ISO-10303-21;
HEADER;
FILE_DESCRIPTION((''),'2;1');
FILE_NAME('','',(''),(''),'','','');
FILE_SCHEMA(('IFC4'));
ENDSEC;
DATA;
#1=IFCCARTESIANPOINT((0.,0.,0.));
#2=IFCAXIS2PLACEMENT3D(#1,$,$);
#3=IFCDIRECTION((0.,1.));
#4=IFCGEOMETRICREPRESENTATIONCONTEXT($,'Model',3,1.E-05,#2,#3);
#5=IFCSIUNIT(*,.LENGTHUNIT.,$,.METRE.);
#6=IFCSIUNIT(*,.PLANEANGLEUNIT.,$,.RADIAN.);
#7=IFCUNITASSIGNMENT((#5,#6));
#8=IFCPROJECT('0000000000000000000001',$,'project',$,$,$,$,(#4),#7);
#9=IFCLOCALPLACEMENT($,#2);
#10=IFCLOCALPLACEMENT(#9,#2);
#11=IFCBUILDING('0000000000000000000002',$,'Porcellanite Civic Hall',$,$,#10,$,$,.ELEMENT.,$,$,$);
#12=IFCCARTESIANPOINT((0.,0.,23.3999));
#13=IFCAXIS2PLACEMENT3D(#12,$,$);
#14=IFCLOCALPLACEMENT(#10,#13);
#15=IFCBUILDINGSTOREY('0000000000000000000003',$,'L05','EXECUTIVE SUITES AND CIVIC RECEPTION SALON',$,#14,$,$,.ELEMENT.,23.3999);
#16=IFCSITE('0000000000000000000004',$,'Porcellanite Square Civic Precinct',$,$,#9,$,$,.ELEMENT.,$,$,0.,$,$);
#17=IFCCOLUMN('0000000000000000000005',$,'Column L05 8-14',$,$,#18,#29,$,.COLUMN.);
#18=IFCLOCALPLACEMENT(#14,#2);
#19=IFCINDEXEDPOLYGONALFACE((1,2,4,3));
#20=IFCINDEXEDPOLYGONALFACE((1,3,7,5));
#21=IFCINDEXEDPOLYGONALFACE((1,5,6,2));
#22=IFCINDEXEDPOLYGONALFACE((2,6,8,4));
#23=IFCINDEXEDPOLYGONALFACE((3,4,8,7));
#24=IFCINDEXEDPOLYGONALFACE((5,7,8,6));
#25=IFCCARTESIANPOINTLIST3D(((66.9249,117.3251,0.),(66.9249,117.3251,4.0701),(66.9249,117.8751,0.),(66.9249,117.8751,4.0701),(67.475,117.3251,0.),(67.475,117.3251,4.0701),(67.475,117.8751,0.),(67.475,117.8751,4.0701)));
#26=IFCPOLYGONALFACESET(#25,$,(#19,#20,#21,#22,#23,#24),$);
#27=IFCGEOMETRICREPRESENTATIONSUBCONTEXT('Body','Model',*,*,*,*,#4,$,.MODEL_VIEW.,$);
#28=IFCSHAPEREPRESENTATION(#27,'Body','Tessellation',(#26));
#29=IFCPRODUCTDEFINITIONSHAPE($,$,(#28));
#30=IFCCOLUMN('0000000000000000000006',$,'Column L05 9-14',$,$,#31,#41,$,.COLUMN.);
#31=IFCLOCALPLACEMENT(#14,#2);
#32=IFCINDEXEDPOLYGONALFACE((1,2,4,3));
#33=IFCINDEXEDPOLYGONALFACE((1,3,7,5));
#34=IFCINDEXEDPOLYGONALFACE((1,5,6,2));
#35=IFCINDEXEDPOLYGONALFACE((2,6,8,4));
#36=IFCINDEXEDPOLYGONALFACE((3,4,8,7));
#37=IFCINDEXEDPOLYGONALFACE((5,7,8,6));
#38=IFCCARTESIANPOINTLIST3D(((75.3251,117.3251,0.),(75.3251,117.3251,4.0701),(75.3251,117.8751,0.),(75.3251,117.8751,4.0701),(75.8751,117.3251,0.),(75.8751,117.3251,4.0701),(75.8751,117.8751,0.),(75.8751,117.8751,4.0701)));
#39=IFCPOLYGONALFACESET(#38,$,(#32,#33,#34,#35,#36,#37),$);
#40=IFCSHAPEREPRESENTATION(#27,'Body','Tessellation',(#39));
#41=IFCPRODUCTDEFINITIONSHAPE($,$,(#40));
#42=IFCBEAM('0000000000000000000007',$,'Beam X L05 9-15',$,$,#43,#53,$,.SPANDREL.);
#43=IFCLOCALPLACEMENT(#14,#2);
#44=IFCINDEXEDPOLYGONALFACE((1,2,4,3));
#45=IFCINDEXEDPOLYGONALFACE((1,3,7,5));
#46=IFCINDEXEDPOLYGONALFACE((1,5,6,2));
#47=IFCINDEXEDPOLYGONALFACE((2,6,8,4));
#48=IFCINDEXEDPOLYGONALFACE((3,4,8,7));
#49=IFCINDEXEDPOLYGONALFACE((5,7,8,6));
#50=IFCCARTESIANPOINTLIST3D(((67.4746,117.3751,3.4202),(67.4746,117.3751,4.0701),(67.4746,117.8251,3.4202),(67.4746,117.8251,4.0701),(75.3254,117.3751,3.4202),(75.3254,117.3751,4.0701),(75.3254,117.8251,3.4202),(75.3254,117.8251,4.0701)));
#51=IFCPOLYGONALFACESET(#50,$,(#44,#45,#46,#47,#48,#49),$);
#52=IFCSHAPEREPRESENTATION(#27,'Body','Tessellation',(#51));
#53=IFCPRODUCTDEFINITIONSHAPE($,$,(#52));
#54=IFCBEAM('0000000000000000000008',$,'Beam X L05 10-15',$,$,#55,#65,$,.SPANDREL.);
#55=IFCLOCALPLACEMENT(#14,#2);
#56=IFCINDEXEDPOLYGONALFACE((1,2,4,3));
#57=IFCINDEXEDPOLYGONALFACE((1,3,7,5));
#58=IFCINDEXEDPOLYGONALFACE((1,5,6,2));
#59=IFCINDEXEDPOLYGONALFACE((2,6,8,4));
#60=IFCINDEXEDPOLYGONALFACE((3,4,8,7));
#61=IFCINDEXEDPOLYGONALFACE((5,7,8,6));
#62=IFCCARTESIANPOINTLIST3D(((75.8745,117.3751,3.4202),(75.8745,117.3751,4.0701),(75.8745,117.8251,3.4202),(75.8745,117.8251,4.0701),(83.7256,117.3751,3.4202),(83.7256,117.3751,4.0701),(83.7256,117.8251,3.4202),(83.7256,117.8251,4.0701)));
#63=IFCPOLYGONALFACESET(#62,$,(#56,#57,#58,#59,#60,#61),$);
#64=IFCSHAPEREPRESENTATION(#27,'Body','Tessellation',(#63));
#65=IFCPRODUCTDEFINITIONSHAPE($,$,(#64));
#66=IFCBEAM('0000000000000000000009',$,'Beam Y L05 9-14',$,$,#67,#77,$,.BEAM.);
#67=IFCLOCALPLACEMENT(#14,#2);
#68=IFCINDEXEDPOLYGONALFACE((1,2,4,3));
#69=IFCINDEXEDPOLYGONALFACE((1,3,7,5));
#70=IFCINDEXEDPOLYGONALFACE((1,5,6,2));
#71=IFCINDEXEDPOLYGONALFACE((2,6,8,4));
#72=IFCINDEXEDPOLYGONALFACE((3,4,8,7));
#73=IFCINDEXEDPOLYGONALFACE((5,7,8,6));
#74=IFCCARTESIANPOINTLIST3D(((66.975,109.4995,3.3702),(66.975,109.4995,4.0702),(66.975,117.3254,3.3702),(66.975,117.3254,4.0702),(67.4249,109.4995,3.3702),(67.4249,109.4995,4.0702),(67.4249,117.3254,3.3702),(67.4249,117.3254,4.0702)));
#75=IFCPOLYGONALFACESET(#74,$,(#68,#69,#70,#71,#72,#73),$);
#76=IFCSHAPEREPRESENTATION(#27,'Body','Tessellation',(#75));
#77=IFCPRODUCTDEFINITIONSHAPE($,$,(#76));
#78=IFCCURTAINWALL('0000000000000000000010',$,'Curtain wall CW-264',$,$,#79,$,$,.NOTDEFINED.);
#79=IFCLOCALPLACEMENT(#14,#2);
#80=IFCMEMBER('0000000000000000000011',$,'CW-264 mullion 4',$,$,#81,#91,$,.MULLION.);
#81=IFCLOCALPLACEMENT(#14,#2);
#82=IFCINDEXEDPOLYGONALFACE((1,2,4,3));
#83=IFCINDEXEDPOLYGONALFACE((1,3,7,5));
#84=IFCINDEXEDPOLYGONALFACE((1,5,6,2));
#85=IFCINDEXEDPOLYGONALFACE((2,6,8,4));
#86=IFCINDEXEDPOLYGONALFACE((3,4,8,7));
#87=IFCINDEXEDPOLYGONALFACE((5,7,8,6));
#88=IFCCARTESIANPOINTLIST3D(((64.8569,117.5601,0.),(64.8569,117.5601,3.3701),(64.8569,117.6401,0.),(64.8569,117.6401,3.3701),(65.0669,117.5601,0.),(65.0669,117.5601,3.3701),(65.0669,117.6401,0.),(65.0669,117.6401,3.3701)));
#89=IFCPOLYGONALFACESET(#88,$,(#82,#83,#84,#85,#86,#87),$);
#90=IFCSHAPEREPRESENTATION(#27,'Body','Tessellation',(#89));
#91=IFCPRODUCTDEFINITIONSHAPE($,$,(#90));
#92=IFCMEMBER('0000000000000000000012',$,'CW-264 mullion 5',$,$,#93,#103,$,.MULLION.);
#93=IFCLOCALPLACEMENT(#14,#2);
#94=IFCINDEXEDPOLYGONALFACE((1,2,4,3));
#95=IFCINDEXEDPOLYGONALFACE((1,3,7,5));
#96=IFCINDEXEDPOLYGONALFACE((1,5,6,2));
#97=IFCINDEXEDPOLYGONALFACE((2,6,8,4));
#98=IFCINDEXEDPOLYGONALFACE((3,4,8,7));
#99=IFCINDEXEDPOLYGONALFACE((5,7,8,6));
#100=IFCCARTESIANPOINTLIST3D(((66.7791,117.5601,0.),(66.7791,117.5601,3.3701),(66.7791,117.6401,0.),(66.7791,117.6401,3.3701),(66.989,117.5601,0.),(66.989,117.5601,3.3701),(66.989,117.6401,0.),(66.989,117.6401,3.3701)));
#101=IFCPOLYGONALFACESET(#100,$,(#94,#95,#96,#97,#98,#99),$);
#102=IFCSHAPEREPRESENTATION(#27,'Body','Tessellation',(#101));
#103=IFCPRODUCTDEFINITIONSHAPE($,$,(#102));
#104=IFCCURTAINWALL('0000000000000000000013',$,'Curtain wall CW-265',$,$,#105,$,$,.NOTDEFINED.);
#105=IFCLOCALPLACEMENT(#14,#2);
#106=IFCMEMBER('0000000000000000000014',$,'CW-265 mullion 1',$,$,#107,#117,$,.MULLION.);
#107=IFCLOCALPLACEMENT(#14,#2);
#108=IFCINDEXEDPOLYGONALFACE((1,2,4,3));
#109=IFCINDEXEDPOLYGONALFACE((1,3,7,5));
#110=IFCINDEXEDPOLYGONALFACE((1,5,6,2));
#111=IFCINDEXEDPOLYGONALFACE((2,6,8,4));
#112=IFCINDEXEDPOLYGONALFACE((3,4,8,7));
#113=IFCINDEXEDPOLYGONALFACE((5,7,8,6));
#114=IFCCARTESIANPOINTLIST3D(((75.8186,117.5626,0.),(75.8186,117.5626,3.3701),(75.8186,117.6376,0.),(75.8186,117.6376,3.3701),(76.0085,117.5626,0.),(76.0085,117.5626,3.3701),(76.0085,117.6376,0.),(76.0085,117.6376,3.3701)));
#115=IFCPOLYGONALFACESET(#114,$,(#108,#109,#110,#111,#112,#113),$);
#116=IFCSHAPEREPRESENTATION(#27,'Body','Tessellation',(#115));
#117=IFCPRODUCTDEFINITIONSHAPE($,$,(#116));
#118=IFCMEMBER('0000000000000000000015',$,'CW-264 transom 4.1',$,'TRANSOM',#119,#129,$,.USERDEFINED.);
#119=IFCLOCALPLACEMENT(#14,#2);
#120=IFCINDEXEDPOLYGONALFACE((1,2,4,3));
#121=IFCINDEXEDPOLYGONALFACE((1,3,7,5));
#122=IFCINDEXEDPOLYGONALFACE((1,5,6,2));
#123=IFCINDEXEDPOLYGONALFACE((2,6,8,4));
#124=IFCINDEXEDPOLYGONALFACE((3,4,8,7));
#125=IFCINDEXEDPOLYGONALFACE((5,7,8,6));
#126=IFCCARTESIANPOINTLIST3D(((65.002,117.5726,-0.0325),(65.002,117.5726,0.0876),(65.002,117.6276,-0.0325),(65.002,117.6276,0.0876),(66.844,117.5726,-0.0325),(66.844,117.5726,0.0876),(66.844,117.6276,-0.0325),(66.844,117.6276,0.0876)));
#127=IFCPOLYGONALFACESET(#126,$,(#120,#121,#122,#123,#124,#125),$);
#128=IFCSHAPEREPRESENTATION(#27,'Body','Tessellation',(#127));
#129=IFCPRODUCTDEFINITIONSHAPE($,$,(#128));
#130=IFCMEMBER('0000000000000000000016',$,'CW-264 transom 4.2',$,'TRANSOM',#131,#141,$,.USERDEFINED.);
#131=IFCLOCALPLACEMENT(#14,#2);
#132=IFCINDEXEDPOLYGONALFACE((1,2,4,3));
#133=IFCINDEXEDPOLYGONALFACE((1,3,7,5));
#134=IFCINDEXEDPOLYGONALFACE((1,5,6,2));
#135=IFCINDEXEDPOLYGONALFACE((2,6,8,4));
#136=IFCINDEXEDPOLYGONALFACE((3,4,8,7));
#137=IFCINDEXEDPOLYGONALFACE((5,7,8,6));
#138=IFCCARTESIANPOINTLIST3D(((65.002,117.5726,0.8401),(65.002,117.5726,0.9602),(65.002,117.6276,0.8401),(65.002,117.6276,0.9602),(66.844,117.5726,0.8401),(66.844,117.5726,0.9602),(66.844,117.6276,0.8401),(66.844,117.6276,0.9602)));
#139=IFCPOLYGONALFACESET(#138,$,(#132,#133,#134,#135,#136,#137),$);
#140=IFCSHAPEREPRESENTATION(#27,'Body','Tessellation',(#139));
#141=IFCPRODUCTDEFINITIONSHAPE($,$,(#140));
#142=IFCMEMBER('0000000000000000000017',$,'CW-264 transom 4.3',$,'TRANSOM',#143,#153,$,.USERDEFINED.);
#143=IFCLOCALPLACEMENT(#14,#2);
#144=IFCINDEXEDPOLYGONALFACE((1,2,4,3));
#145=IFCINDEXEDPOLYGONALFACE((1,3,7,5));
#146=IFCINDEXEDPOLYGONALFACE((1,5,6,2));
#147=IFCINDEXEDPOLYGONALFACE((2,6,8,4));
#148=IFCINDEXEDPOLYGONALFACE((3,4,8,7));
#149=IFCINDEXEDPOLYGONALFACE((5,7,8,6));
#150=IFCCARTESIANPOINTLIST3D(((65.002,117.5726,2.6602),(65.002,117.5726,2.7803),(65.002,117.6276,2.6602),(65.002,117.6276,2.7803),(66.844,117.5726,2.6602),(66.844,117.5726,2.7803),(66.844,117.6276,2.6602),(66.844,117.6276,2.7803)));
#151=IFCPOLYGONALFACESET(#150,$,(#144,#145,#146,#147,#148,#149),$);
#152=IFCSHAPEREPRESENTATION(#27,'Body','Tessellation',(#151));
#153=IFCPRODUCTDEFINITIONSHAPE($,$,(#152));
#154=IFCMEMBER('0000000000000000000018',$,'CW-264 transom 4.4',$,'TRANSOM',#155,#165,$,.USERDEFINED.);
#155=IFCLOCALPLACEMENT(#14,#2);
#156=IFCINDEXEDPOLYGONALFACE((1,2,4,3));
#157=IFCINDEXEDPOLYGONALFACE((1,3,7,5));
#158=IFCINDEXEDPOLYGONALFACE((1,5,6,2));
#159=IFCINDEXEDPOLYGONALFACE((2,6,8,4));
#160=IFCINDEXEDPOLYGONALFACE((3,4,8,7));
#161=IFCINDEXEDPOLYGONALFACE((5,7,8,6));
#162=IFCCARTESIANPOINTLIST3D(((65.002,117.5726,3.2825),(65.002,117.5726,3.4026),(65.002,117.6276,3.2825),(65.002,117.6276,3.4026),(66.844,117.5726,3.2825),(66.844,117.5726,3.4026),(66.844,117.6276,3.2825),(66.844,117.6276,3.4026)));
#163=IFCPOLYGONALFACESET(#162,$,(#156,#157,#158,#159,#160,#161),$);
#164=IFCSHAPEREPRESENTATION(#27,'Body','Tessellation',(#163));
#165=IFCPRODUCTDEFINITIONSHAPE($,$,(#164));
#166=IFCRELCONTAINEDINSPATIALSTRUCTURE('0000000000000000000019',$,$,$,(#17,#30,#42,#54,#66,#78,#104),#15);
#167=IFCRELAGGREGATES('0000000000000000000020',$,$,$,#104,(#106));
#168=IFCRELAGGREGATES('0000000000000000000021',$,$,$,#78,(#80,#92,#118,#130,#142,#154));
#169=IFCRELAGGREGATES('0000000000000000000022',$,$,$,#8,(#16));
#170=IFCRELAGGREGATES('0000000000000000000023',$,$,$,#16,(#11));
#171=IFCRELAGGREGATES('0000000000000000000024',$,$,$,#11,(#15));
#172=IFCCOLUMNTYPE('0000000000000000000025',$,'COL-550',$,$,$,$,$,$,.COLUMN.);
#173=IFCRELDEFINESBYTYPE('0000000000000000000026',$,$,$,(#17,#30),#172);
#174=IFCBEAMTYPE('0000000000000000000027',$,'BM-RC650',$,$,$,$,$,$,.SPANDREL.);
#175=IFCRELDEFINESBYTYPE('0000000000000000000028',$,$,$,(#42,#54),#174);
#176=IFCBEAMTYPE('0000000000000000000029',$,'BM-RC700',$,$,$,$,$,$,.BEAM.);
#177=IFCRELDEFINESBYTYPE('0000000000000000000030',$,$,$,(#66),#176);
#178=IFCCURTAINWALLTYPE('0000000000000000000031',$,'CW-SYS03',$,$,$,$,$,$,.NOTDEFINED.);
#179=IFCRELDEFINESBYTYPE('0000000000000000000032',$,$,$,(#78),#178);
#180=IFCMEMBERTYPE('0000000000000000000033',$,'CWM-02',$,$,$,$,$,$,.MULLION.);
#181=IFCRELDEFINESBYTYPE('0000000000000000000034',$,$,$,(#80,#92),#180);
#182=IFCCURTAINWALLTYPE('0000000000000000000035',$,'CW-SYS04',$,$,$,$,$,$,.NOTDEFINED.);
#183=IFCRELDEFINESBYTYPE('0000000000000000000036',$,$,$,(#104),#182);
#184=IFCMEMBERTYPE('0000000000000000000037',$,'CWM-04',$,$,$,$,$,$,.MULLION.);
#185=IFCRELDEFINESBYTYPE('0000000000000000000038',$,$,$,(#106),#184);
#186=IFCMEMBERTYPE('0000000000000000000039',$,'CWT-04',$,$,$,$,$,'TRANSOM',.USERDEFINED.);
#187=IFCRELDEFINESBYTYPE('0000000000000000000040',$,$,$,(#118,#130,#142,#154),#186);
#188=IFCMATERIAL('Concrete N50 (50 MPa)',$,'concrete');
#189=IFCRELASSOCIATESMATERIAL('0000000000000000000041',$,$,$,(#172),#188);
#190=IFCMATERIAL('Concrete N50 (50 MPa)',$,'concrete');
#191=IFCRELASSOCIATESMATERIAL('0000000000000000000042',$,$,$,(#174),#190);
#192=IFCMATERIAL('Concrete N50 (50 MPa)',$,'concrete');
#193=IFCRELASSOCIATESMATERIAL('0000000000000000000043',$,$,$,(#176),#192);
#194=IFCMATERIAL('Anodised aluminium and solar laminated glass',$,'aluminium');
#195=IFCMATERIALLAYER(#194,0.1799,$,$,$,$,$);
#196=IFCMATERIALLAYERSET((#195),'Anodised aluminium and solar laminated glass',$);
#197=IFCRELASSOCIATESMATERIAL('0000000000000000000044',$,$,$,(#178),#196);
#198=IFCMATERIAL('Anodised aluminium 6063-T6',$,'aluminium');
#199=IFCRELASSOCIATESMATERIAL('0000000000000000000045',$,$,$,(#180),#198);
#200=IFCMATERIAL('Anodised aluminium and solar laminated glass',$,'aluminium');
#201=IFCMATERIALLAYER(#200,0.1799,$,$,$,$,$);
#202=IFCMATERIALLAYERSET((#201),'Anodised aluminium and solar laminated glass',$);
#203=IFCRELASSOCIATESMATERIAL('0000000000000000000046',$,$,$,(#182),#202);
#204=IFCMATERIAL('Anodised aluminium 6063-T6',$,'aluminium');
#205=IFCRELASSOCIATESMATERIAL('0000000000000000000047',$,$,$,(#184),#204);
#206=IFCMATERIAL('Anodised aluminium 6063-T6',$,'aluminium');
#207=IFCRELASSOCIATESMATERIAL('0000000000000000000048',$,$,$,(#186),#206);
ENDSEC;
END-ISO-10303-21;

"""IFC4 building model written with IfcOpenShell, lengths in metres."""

from ifc_helpers import new_model, si_unit, direction, frame, origin, origin_2d, place, context, subcontext, project, spatial, rectangle, extrude, material, layer, layer_set, material_profile, profile_set, type_object, element, aggregate, save


model = new_model("IFC4")

# Units and contexts
model_context = context("Model", 3, precision=1e-05, world=origin(), true_north=direction((0.0, 1.0)))
body_context = subcontext(model_context, "Body", "Model", "MODEL_VIEW")
ifc_project = project(units=[si_unit("LENGTHUNIT", "METRE"), si_unit("PLANEANGLEUNIT", "RADIAN")], contexts=[model_context])

# Site, building, storey
site_placement = place(None, origin())
site = spatial("IfcSite", under=ifc_project, at=site_placement, Name="Porcellanite Square Civic Precinct", CompositionType="ELEMENT", RefElevation=0.0)
building_placement = place(site_placement, origin())
building = spatial("IfcBuilding", under=site, at=building_placement, Name="Porcellanite Civic Hall", CompositionType="ELEMENT")
storey_placement = place(building_placement, frame((0.0, 0.0, 23.3999)))
storey = spatial("IfcBuildingStorey", under=building, at=storey_placement, Name="L05", Description="EXECUTIVE SUITES AND CIVIC RECEPTION SALON", CompositionType="ELEMENT", Elevation=23.3999)

# Columns
ifc_material_1 = material(Name="Concrete N50 (50 MPa)", Category="concrete")
ifc_material_profile_1 = material_profile(ifc_material_1, rectangle(XDim=0.55, YDim=0.55, at=origin_2d()), Name="RC-550x550")
ifc_profile_set_1 = profile_set([ifc_material_profile_1], Name="Concrete N50 (50 MPa)")
column_type = type_object("IfcColumnType", Name="COL-550", PredefinedType="COLUMN", material=ifc_profile_set_1)
for number, where, z_axis, x_axis, name in (
    (1, (67.2, 117.6001, 0.0), (0.0, 0.0, 1.0), (1.0, 0.0, 0.0), "Column L05 8-14"),
    (2, (75.6001, 117.6001, 0.0), (0.0, 0.0, 1.0), (1.0, 0.0, 0.0), "Column L05 9-14"),
):
    element("IfcColumn", number, at=place(storey_placement, frame(where, z_axis=z_axis, x_axis=x_axis)), inside=storey, type_object=column_type, Name=name, PredefinedType="COLUMN", context=body_context, shape_type="SweptSolid", body=[
        extrude(rectangle(XDim=0.55, YDim=0.55, at=origin_2d()), origin(), (0.0, 0.0, 1.0), 4.0701),
    ])

# Beams
ifc_material_2 = material(Name="Concrete N50 (50 MPa)", Category="concrete")
ifc_material_profile_2 = material_profile(ifc_material_2, rectangle(XDim=0.45, YDim=0.6499, at=origin_2d()), Name="RC-450x650")
ifc_profile_set_2 = profile_set([ifc_material_profile_2], Name="Concrete N50 (50 MPa)")
beam_type_1 = type_object("IfcBeamType", Name="BM-RC650", PredefinedType="SPANDREL", material=ifc_profile_set_2)
beam_1_placement = place(storey_placement, frame((67.4746, 117.6001, 3.7451), z_axis=(1.0, 0.0, 0.0), x_axis=(0.0, 1.0, 0.0)))
element("IfcBeam", 3, at=beam_1_placement, inside=storey, type_object=beam_type_1, Name="Beam X L05 9-15", PredefinedType="SPANDREL", context=body_context, shape_type="SweptSolid", body=[
    extrude(rectangle(XDim=0.45, YDim=0.6499, at=origin_2d()), origin(), (0.0, 0.0, 1.0), 7.8508),
])
beam_2_placement = place(storey_placement, frame((75.8745, 117.6001, 3.7451), z_axis=(1.0, 0.0, 0.0), x_axis=(0.0, 1.0, 0.0)))
element("IfcBeam", 4, at=beam_2_placement, inside=storey, type_object=beam_type_1, Name="Beam X L05 10-15", PredefinedType="SPANDREL", context=body_context, shape_type="SweptSolid", body=[
    extrude(rectangle(XDim=0.45, YDim=0.6499, at=origin_2d()), origin(), (0.0, 0.0, 1.0), 7.8511),
])
ifc_material_3 = material(Name="Concrete N50 (50 MPa)", Category="concrete")
ifc_material_profile_3 = material_profile(ifc_material_3, rectangle(XDim=0.45, YDim=0.7, at=origin_2d()), Name="RC-450x700")
ifc_profile_set_3 = profile_set([ifc_material_profile_3], Name="Concrete N50 (50 MPa)")
beam_type_2 = type_object("IfcBeamType", Name="BM-RC700", PredefinedType="BEAM", material=ifc_profile_set_3)
beam_3_placement = place(storey_placement, frame((67.2, 109.4995, 3.7202), z_axis=(0.0, 1.0, 0.0), x_axis=(-1.0, 0.0, 0.0)))
element("IfcBeam", 5, at=beam_3_placement, inside=storey, type_object=beam_type_2, Name="Beam Y L05 9-14", PredefinedType="BEAM", context=body_context, shape_type="SweptSolid", body=[
    extrude(rectangle(XDim=0.45, YDim=0.7, at=origin_2d()), origin(), (0.0, 0.0, 1.0), 7.8259),
])

# Curtain wall, members
ifc_material_4 = material(Name="Anodised aluminium and solar laminated glass", Category="aluminium")
ifc_layer_1 = layer(ifc_material_4, 0.1799)
ifc_layer_set_1 = layer_set([ifc_layer_1], Name="Anodised aluminium and solar laminated glass")
curtain_wall_type_1 = type_object("IfcCurtainWallType", Name="CW-SYS03", PredefinedType="NOTDEFINED", material=ifc_layer_set_1)
curtain_wall_1_placement = place(storey_placement, origin())
curtain_wall_1 = element("IfcCurtainWall", 6, at=curtain_wall_1_placement, inside=storey, type_object=curtain_wall_type_1, Name="Curtain wall CW-264", PredefinedType="NOTDEFINED")
ifc_material_5 = material(Name="Anodised aluminium 6063-T6", Category="aluminium")
ifc_material_profile_4 = material_profile(ifc_material_5, rectangle(XDim=0.0801, YDim=0.21, at=origin_2d()), Name="AL-80x210")
ifc_profile_set_4 = profile_set([ifc_material_profile_4], Name="Anodised aluminium 6063-T6")
member_type_1 = type_object("IfcMemberType", Name="CWM-02", PredefinedType="MULLION", material=ifc_profile_set_4)
member_1_placement = place(storey_placement, frame((64.9619, 117.6001, 0.0), z_axis=(0.0, 0.0, 1.0), x_axis=(0.0, 1.0, 0.0)))
member_1 = element("IfcMember", 7, at=member_1_placement, type_object=member_type_1, Name="CW-264 mullion 4", PredefinedType="MULLION", context=body_context, shape_type="SweptSolid", body=[
    extrude(rectangle(XDim=0.0801, YDim=0.21, at=origin_2d()), origin(), (0.0, 0.0, 1.0), 3.3701),
])
member_2_placement = place(storey_placement, frame((66.884, 117.6001, 0.0), z_axis=(0.0, 0.0, 1.0), x_axis=(0.0, 1.0, 0.0)))
member_2 = element("IfcMember", 8, at=member_2_placement, type_object=member_type_1, Name="CW-264 mullion 5", PredefinedType="MULLION", context=body_context, shape_type="SweptSolid", body=[
    extrude(rectangle(XDim=0.0801, YDim=0.21, at=origin_2d()), origin(), (0.0, 0.0, 1.0), 3.3701),
])

# Curtain wall, member
ifc_material_6 = material(Name="Anodised aluminium and solar laminated glass", Category="aluminium")
ifc_layer_2 = layer(ifc_material_6, 0.1799)
ifc_layer_set_2 = layer_set([ifc_layer_2], Name="Anodised aluminium and solar laminated glass")
curtain_wall_type_2 = type_object("IfcCurtainWallType", Name="CW-SYS04", PredefinedType="NOTDEFINED", material=ifc_layer_set_2)
curtain_wall_2_placement = place(storey_placement, origin())
curtain_wall_2 = element("IfcCurtainWall", 9, at=curtain_wall_2_placement, inside=storey, type_object=curtain_wall_type_2, Name="Curtain wall CW-265", PredefinedType="NOTDEFINED")
ifc_material_7 = material(Name="Anodised aluminium 6063-T6", Category="aluminium")
ifc_material_profile_5 = material_profile(ifc_material_7, rectangle(XDim=0.075, YDim=0.1899, at=origin_2d()), Name="AL-75x190")
ifc_profile_set_5 = profile_set([ifc_material_profile_5], Name="Anodised aluminium 6063-T6")
member_type_2 = type_object("IfcMemberType", Name="CWM-04", PredefinedType="MULLION", material=ifc_profile_set_5)
member_3_placement = place(storey_placement, frame((75.9136, 117.6001, 0.0), z_axis=(0.0, 0.0, 1.0), x_axis=(0.0, 1.0, 0.0)))
member_3 = element("IfcMember", 10, at=member_3_placement, type_object=member_type_2, Name="CW-265 mullion 1", PredefinedType="MULLION", context=body_context, shape_type="SweptSolid", body=[
    extrude(rectangle(XDim=0.075, YDim=0.1899, at=origin_2d()), origin(), (0.0, 0.0, 1.0), 3.3701),
])
aggregate(curtain_wall_2, [member_3])

# Members
ifc_material_8 = material(Name="Anodised aluminium 6063-T6", Category="aluminium")
ifc_material_profile_6 = material_profile(ifc_material_8, rectangle(XDim=0.0549, YDim=0.1201, at=origin_2d()), Name="AL-55x120")
ifc_profile_set_6 = profile_set([ifc_material_profile_6], Name="Anodised aluminium 6063-T6")
member_type_3 = type_object("IfcMemberType", Name="CWT-04", ElementType="TRANSOM", PredefinedType="USERDEFINED", material=ifc_profile_set_6)
member_4_placement = place(storey_placement, frame((65.002, 117.6001, 0.0276), z_axis=(1.0, 0.0, 0.0), x_axis=(0.0, 1.0, 0.0)))
member_4 = element("IfcMember", 11, at=member_4_placement, type_object=member_type_3, Name="CW-264 transom 4.1", ObjectType="TRANSOM", PredefinedType="USERDEFINED", context=body_context, shape_type="SweptSolid", body=[
    extrude(rectangle(XDim=0.0549, YDim=0.1201, at=origin_2d()), origin(), (0.0, 0.0, 1.0), 1.842),
])
member_5_placement = place(storey_placement, frame((65.002, 117.6001, 0.9001), z_axis=(1.0, 0.0, 0.0), x_axis=(0.0, 1.0, 0.0)))
member_5 = element("IfcMember", 12, at=member_5_placement, type_object=member_type_3, Name="CW-264 transom 4.2", ObjectType="TRANSOM", PredefinedType="USERDEFINED", context=body_context, shape_type="SweptSolid", body=[
    extrude(rectangle(XDim=0.0549, YDim=0.1201, at=origin_2d()), origin(), (0.0, 0.0, 1.0), 1.842),
])
member_6_placement = place(storey_placement, frame((65.002, 117.6001, 2.7202), z_axis=(1.0, 0.0, 0.0), x_axis=(0.0, 1.0, 0.0)))
member_6 = element("IfcMember", 13, at=member_6_placement, type_object=member_type_3, Name="CW-264 transom 4.3", ObjectType="TRANSOM", PredefinedType="USERDEFINED", context=body_context, shape_type="SweptSolid", body=[
    extrude(rectangle(XDim=0.0549, YDim=0.1201, at=origin_2d()), origin(), (0.0, 0.0, 1.0), 1.842),
])
member_7_placement = place(storey_placement, frame((65.002, 117.6001, 3.3425), z_axis=(1.0, 0.0, 0.0), x_axis=(0.0, 1.0, 0.0)))
member_7 = element("IfcMember", 14, at=member_7_placement, type_object=member_type_3, Name="CW-264 transom 4.4", ObjectType="TRANSOM", PredefinedType="USERDEFINED", context=body_context, shape_type="SweptSolid", body=[
    extrude(rectangle(XDim=0.0549, YDim=0.1201, at=origin_2d()), origin(), (0.0, 0.0, 1.0), 1.842),
])

aggregate(curtain_wall_1, [member_1, member_2, member_4, member_5, member_6, member_7])

save(model, "model.ifc")
